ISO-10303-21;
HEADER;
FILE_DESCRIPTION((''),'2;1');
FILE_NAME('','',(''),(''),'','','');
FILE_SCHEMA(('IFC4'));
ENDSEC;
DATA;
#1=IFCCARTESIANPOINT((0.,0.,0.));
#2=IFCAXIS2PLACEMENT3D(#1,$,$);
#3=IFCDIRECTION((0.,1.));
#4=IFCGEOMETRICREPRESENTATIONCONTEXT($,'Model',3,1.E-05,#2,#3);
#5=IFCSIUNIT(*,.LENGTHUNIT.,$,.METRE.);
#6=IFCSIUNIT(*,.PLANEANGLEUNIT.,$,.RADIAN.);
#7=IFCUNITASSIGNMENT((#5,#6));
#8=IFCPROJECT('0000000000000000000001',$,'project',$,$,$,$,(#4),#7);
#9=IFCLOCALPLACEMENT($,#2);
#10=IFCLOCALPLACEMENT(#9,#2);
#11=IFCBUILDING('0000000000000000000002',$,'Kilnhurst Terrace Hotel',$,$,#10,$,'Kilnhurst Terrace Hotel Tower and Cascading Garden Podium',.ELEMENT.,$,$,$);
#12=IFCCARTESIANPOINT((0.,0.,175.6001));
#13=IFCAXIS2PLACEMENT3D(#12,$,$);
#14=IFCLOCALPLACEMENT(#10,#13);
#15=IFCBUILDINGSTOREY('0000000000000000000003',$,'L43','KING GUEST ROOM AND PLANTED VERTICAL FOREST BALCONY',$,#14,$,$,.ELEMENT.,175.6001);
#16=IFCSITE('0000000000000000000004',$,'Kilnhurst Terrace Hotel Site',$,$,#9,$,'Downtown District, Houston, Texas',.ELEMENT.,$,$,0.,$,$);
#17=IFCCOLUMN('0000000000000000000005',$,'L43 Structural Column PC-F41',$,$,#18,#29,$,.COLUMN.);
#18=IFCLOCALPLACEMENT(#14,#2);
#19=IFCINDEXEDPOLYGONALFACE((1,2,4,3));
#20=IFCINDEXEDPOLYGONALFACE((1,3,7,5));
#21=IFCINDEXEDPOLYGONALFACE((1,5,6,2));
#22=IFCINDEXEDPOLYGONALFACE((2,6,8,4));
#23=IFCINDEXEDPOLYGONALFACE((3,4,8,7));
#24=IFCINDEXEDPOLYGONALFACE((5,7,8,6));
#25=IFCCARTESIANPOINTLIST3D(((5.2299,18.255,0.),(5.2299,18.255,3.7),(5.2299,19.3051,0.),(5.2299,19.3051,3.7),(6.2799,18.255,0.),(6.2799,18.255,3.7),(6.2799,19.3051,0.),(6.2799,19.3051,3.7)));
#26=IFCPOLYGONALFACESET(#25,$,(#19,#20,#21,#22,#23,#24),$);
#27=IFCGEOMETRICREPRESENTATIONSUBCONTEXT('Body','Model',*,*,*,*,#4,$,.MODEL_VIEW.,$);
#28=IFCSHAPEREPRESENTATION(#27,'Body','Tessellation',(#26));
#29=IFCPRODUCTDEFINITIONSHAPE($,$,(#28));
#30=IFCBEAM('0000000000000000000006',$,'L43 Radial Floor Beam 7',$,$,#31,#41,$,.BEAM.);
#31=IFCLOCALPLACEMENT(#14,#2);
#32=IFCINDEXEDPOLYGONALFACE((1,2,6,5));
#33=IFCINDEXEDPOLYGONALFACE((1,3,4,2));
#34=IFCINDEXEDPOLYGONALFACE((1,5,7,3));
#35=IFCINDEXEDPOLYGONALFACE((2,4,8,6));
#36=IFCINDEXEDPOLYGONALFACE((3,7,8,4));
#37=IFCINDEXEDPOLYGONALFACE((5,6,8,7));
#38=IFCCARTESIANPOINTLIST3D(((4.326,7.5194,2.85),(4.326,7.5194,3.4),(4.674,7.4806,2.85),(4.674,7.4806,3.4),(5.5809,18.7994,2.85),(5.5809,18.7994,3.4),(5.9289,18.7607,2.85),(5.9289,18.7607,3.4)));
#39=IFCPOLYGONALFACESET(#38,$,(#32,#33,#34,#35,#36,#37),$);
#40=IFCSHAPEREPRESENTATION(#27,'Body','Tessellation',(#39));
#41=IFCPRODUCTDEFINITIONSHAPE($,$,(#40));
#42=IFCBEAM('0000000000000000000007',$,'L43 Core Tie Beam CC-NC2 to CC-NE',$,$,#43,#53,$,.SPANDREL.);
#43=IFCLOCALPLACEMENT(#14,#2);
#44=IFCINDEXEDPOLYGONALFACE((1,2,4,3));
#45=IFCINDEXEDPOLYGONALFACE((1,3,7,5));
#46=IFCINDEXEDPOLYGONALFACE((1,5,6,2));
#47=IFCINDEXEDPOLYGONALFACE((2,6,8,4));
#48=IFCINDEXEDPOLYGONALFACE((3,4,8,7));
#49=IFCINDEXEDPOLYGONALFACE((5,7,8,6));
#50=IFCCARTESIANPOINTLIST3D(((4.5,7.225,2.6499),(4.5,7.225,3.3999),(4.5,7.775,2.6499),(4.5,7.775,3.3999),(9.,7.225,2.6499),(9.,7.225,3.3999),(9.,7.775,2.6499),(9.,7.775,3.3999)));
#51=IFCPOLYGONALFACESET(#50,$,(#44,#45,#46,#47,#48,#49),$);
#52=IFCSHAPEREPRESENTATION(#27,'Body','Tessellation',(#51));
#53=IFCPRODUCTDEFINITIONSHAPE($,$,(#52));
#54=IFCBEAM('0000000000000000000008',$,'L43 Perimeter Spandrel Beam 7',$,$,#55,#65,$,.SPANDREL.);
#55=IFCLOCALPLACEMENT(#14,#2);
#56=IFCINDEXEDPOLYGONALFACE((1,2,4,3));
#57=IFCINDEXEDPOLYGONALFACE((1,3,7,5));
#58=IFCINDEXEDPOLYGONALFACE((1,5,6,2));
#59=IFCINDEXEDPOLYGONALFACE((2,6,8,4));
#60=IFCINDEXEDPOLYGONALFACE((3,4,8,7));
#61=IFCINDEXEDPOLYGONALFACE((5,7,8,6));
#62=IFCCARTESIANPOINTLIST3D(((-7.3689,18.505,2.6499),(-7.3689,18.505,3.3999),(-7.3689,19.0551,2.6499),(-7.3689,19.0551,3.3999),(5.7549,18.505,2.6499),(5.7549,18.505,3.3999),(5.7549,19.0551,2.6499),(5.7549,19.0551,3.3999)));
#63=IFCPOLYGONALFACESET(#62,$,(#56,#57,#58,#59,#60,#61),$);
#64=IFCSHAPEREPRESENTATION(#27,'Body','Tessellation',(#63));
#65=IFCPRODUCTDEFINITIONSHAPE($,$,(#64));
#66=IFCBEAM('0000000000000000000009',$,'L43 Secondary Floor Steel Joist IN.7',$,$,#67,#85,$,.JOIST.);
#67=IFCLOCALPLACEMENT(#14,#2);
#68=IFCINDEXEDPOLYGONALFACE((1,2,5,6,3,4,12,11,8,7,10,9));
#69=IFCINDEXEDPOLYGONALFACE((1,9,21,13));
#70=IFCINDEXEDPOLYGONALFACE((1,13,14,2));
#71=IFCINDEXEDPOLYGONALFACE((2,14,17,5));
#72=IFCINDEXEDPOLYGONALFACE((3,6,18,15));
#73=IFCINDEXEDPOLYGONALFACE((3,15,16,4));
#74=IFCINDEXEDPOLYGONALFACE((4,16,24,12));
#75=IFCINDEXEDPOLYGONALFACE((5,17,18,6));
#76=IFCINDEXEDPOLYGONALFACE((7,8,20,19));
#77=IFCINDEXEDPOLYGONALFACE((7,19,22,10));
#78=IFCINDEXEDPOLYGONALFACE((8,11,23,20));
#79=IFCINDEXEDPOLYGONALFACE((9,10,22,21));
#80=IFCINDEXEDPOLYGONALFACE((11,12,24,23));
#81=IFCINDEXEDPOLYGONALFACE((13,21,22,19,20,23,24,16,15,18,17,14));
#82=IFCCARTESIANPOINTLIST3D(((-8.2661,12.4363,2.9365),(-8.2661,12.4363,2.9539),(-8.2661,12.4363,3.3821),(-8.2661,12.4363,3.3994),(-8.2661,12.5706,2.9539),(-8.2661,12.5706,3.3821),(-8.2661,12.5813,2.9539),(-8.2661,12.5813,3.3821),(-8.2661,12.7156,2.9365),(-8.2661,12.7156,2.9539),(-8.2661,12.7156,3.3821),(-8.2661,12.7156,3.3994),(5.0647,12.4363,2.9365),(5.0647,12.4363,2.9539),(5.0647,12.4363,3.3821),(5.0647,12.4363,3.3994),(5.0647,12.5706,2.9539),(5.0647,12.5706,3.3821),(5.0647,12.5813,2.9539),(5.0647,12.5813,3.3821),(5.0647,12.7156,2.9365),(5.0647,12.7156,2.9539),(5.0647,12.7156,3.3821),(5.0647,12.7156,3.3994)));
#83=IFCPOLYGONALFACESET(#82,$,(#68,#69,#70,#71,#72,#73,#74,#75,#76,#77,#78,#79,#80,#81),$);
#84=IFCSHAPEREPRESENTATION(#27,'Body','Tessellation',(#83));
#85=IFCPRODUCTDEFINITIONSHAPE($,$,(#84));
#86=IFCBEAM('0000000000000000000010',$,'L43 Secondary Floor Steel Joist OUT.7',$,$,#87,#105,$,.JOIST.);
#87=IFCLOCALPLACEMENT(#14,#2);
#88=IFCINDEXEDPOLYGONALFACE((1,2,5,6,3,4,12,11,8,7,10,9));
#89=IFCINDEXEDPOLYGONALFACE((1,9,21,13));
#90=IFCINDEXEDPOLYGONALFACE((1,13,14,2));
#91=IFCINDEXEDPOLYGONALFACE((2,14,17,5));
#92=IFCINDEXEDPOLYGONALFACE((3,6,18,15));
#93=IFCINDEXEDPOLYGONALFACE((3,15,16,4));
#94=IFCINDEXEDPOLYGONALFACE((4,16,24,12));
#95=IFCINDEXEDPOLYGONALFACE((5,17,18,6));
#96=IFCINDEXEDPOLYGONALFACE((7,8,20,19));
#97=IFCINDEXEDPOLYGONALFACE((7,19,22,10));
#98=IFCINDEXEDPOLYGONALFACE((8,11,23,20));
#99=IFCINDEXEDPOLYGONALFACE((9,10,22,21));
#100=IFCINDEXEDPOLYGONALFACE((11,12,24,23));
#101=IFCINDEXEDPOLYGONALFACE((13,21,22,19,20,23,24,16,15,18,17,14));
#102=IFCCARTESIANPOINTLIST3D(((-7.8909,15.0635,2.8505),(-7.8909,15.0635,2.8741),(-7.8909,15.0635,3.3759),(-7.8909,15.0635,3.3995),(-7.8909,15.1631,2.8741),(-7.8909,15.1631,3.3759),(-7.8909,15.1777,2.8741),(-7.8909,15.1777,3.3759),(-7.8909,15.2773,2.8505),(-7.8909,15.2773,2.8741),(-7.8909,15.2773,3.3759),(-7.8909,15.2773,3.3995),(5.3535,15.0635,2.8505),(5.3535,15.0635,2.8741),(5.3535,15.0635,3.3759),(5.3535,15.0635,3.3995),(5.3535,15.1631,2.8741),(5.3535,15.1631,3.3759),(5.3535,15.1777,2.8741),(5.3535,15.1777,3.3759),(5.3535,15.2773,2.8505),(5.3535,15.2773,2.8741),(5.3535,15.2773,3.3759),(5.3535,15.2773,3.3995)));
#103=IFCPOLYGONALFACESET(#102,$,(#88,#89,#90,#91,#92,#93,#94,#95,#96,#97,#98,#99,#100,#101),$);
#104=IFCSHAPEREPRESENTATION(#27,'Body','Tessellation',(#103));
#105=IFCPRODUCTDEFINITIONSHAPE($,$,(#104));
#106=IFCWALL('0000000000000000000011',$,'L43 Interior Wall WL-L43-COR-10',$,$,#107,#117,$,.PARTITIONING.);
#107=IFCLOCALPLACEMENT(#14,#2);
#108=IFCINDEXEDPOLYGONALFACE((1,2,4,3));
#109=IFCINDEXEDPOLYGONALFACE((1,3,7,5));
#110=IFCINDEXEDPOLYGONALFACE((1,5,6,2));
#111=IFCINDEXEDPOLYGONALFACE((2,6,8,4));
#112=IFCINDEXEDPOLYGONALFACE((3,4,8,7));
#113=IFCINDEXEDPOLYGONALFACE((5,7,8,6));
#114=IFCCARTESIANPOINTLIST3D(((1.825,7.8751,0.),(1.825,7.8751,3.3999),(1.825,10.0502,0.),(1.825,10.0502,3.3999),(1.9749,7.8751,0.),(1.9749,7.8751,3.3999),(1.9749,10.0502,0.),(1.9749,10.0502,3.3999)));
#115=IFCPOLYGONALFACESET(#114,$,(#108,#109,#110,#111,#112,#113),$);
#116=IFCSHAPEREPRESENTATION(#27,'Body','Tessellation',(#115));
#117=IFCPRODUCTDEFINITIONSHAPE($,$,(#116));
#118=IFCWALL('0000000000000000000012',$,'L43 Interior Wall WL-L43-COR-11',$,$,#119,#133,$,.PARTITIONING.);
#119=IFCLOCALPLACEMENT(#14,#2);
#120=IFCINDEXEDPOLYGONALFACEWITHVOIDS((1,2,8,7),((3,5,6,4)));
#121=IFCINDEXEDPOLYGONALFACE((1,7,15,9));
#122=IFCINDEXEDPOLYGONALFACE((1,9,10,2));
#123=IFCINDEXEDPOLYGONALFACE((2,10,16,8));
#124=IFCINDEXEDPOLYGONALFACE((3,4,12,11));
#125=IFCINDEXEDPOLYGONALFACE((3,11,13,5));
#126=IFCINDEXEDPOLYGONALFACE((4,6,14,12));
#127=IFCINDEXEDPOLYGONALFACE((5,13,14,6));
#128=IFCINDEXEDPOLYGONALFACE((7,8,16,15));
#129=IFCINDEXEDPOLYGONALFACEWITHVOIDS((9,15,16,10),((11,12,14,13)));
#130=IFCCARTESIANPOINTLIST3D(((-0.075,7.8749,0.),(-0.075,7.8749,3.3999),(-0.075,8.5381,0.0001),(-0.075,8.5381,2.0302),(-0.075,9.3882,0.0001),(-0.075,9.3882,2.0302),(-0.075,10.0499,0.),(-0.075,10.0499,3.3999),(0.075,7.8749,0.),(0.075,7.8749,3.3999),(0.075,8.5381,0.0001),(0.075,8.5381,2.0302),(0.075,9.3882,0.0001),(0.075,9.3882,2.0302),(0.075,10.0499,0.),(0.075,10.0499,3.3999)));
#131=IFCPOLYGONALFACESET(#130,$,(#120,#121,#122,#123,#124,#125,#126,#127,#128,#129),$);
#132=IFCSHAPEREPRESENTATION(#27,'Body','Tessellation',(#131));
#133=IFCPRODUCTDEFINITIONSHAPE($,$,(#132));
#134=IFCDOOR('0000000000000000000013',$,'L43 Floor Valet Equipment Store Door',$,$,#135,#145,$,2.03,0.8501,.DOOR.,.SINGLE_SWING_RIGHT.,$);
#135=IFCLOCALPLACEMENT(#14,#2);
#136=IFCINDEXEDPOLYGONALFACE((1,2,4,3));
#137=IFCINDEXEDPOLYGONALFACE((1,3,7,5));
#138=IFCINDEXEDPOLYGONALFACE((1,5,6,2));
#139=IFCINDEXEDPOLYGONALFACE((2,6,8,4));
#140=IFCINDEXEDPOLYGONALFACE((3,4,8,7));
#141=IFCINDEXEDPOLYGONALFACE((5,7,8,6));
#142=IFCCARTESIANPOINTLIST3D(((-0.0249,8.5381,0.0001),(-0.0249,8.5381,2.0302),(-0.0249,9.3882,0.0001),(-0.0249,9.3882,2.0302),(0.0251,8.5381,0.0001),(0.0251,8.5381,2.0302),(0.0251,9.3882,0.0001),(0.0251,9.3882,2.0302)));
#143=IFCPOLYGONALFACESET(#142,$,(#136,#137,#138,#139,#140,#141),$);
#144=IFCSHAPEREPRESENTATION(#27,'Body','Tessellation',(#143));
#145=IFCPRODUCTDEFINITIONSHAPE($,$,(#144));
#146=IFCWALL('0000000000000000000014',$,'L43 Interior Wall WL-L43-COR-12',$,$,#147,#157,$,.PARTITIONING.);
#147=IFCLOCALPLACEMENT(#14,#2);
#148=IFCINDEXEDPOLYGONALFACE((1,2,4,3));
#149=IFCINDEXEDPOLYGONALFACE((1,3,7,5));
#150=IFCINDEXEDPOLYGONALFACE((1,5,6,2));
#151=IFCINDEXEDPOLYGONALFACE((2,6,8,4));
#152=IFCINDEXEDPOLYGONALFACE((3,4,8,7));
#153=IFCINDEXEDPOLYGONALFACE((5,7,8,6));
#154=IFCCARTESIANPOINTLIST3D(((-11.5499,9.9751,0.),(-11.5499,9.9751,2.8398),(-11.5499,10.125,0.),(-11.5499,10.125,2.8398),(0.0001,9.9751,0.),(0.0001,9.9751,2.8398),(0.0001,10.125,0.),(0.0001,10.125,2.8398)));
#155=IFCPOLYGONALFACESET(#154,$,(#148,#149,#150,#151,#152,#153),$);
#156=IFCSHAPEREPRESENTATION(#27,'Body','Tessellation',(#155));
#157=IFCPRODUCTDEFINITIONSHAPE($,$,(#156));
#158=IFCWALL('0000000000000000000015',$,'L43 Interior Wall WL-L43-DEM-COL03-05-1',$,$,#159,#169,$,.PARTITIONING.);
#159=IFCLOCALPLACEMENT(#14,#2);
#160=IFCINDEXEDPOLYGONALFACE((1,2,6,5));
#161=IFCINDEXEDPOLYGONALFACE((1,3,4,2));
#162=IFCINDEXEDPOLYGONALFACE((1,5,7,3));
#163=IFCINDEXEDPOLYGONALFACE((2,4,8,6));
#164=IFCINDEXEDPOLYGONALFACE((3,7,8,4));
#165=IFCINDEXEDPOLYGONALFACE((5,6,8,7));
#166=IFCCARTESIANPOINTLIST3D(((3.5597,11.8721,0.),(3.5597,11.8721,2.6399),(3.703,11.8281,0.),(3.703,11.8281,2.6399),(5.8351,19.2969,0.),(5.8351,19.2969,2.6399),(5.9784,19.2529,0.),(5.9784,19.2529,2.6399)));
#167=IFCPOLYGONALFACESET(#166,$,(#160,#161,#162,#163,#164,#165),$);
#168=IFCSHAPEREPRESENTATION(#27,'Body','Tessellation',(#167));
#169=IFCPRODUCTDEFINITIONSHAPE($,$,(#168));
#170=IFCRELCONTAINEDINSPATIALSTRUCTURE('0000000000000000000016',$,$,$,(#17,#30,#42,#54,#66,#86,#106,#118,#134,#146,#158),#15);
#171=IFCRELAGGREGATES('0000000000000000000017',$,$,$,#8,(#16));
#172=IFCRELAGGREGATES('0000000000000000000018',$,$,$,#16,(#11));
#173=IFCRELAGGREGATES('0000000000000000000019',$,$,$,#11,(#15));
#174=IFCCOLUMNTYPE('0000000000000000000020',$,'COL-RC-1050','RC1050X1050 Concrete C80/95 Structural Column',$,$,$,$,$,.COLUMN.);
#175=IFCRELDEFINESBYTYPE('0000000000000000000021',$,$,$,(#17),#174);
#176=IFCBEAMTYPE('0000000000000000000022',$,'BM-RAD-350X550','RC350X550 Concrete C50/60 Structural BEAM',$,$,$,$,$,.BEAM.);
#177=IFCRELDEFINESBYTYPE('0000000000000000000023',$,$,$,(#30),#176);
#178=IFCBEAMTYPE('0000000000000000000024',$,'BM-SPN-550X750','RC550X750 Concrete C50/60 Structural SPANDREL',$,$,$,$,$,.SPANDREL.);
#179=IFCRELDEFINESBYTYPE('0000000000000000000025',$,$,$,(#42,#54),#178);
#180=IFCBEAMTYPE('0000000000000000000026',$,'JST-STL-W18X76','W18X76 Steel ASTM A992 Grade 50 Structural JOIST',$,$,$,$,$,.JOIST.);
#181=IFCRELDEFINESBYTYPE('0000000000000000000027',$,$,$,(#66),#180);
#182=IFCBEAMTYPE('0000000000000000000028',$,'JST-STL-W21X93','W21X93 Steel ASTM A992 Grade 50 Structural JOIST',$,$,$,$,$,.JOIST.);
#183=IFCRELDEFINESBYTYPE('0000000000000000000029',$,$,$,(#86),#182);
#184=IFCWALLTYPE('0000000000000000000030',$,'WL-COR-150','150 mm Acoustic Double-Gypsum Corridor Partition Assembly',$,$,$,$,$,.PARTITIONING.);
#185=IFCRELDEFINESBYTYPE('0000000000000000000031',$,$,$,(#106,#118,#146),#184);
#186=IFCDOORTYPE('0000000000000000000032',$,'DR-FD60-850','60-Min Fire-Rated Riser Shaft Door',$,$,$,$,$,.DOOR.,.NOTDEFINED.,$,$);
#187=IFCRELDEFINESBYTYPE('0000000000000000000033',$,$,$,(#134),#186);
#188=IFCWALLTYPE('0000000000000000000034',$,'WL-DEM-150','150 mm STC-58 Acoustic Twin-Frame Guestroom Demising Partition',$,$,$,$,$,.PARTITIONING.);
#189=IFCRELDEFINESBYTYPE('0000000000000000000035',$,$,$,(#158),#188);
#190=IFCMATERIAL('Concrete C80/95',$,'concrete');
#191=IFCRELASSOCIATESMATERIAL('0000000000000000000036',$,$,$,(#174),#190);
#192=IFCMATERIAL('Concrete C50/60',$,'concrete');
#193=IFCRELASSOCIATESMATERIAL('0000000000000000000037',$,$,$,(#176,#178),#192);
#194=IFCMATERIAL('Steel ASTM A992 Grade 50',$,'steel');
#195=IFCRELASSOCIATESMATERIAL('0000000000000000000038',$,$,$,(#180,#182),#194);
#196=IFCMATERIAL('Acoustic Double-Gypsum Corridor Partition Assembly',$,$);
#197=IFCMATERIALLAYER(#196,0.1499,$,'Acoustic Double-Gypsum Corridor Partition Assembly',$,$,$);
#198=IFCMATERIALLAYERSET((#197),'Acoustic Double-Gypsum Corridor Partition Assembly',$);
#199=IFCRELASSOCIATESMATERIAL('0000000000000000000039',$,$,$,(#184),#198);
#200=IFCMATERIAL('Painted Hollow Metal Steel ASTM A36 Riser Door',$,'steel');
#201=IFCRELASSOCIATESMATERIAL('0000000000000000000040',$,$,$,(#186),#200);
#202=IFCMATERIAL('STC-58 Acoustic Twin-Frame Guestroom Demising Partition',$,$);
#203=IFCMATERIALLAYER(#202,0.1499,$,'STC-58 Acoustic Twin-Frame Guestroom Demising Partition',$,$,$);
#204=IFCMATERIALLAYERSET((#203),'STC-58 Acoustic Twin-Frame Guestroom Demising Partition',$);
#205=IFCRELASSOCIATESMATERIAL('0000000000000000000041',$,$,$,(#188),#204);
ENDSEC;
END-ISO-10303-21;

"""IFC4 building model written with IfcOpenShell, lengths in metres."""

from ifc_helpers import new_model, si_unit, direction, frame, frame_2d, origin, origin_2d, place, context, subcontext, project, spatial, rectangle, i_section, extrude, material, layer, layer_set, material_profile, profile_set, type_object, element, fill, save


model = new_model("IFC4")

# Units and contexts
model_context = context("Model", 3, precision=1e-05, world=origin(), true_north=direction((0.0, 1.0)))
body_context = subcontext(model_context, "Body", "Model", "MODEL_VIEW")
ifc_project = project(units=[si_unit("LENGTHUNIT", "METRE"), si_unit("PLANEANGLEUNIT", "RADIAN")], contexts=[model_context])

# Site, building, storey
site_placement = place(None, origin())
site = spatial("IfcSite", under=ifc_project, at=site_placement, Name="Kilnhurst Terrace Hotel Site", LongName="Downtown District, Houston, Texas", CompositionType="ELEMENT", RefElevation=0.0)
building_placement = place(site_placement, origin())
building = spatial("IfcBuilding", under=site, at=building_placement, Name="Kilnhurst Terrace Hotel", LongName="Kilnhurst Terrace Hotel Tower and Cascading Garden Podium", CompositionType="ELEMENT")
storey_placement = place(building_placement, frame((0.0, 0.0, 175.6001)))
storey = spatial("IfcBuildingStorey", under=building, at=storey_placement, Name="L43", Description="KING GUEST ROOM AND PLANTED VERTICAL FOREST BALCONY", CompositionType="ELEMENT", Elevation=175.6001)

# Column
ifc_material_1 = material(Name="Concrete C80/95", Category="concrete")
ifc_material_profile_1 = material_profile(ifc_material_1, rectangle(XDim=1.05, YDim=1.05, at=origin_2d()), Name="RC1050X1050")
ifc_profile_set_1 = profile_set([ifc_material_profile_1], Name="Concrete C80/95")
column_type = type_object("IfcColumnType", Name="COL-RC-1050", Description="RC1050X1050 Concrete C80/95 Structural Column", PredefinedType="COLUMN", material=ifc_profile_set_1)
column_placement = place(storey_placement, frame((5.7549, 18.78, 0.0), z_axis=(0.0, 0.0, 1.0), x_axis=(1.0, 0.0, 0.0)))
element("IfcColumn", 1, at=column_placement, inside=storey, type_object=column_type, Name="L43 Structural Column PC-F41", PredefinedType="COLUMN", context=body_context, shape_type="SweptSolid", body=[
    extrude(rectangle(XDim=1.05, YDim=1.05, at=origin_2d()), origin(), (0.0, 0.0, 1.0), 3.7),
])

# Beams
ifc_material_2 = material(Name="Concrete C50/60", Category="concrete")
ifc_material_profile_2 = material_profile(ifc_material_2, rectangle(XDim=0.3501, YDim=0.55, at=origin_2d()), Name="RC350X550")
ifc_profile_set_2 = profile_set([ifc_material_profile_2], Name="Concrete C50/60")
beam_type_1 = type_object("IfcBeamType", Name="BM-RAD-350X550", Description="RC350X550 Concrete C50/60 Structural BEAM", PredefinedType="BEAM", material=ifc_profile_set_2)
beam_1_placement = place(storey_placement, frame((4.5, 7.5, 3.125), z_axis=(0.110566, 0.993869, 0.0), x_axis=(-0.993869, 0.110566, 0.0)))
element("IfcBeam", 2, at=beam_1_placement, inside=storey, type_object=beam_type_1, Name="L43 Radial Floor Beam 7", PredefinedType="BEAM", context=body_context, shape_type="SweptSolid", body=[
    extrude(rectangle(XDim=0.3501, YDim=0.55, at=origin_2d()), origin(), (0.0, 0.0, 1.0), 11.3496),
])
ifc_material_profile_3 = material_profile(ifc_material_2, rectangle(XDim=0.55, YDim=0.75, at=origin_2d()), Name="RC550X750")
ifc_profile_set_3 = profile_set([ifc_material_profile_3], Name="Concrete C50/60")
beam_type_2 = type_object("IfcBeamType", Name="BM-SPN-550X750", Description="RC550X750 Concrete C50/60 Structural SPANDREL", PredefinedType="SPANDREL", material=ifc_profile_set_3)
beam_2_placement = place(storey_placement, frame((4.5, 7.5, 3.0249), z_axis=(1.0, 0.0, 0.0), x_axis=(0.0, 1.0, 0.0)))
element("IfcBeam", 3, at=beam_2_placement, inside=storey, type_object=beam_type_2, Name="L43 Core Tie Beam CC-NC2 to CC-NE", PredefinedType="SPANDREL", context=body_context, shape_type="SweptSolid", body=[
    extrude(rectangle(XDim=0.55, YDim=0.75, at=origin_2d()), origin(), (0.0, 0.0, 1.0), 4.5),
])
beam_3_placement = place(storey_placement, frame((5.7549, 18.78, 3.0249), z_axis=(-1.0, 0.0, 0.0), x_axis=(0.0, -1.0, 0.0)))
element("IfcBeam", 4, at=beam_3_placement, inside=storey, type_object=beam_type_2, Name="L43 Perimeter Spandrel Beam 7", PredefinedType="SPANDREL", context=body_context, shape_type="SweptSolid", body=[
    extrude(rectangle(XDim=0.55, YDim=0.75, at=origin_2d()), origin(), (0.0, 0.0, 1.0), 13.1238),
])
ifc_material_3 = material(Name="Steel ASTM A992 Grade 50", Category="steel")
ifc_material_profile_4 = material_profile(ifc_material_3, i_section(OverallWidth=0.2793, OverallDepth=0.4629, WebThickness=0.0107, FlangeThickness=0.0173, at=origin_2d()), Name="W18X76")
ifc_profile_set_4 = profile_set([ifc_material_profile_4], Name="Steel ASTM A992 Grade 50")
beam_type_3 = type_object("IfcBeamType", Name="JST-STL-W18X76", Description="W18X76 Steel ASTM A992 Grade 50 Structural JOIST", PredefinedType="JOIST", material=ifc_profile_set_4)
beam_4_placement = place(storey_placement, frame((5.0647, 12.5759, 3.168), z_axis=(-1.0, 0.0, 0.0), x_axis=(0.0, -1.0, 0.0)))
element("IfcBeam", 5, at=beam_4_placement, inside=storey, type_object=beam_type_3, Name="L43 Secondary Floor Steel Joist IN.7", PredefinedType="JOIST", context=body_context, shape_type="SweptSolid", body=[
    extrude(i_section(OverallWidth=0.2793, OverallDepth=0.4629, WebThickness=0.0107, FlangeThickness=0.0173, at=origin_2d()), origin(), (0.0, 0.0, 1.0), 13.3308),
])
ifc_material_profile_5 = material_profile(ifc_material_3, i_section(OverallWidth=0.2139, OverallDepth=0.5491, WebThickness=0.0146, FlangeThickness=0.0237, at=origin_2d()), Name="W21X93")
ifc_profile_set_5 = profile_set([ifc_material_profile_5], Name="Steel ASTM A992 Grade 50")
beam_type_4 = type_object("IfcBeamType", Name="JST-STL-W21X93", Description="W21X93 Steel ASTM A992 Grade 50 Structural JOIST", PredefinedType="JOIST", material=ifc_profile_set_5)
beam_5_placement = place(storey_placement, frame((5.3535, 15.1704, 3.125), z_axis=(-1.0, 0.0, 0.0), x_axis=(0.0, -1.0, 0.0)))
element("IfcBeam", 6, at=beam_5_placement, inside=storey, type_object=beam_type_4, Name="L43 Secondary Floor Steel Joist OUT.7", PredefinedType="JOIST", context=body_context, shape_type="SweptSolid", body=[
    extrude(i_section(OverallWidth=0.2139, OverallDepth=0.5491, WebThickness=0.0146, FlangeThickness=0.0237, at=origin_2d()), origin(), (0.0, 0.0, 1.0), 13.2444),
])

# Wall
ifc_material_4 = material(Name="Acoustic Double-Gypsum Corridor Partition Assembly")
ifc_layer_1 = layer(ifc_material_4, 0.1499, Name="Acoustic Double-Gypsum Corridor Partition Assembly")
ifc_layer_set_1 = layer_set([ifc_layer_1], Name="Acoustic Double-Gypsum Corridor Partition Assembly")
wall_type_1 = type_object("IfcWallType", Name="WL-COR-150", Description="150 mm Acoustic Double-Gypsum Corridor Partition Assembly", PredefinedType="PARTITIONING", material=ifc_layer_set_1)
wall_1_placement = place(storey_placement, frame((1.8999, 10.05, 0.0), z_axis=(0.0, 0.0, 1.0), x_axis=(0.0, -1.0, 0.0)))
element("IfcWall", 7, at=wall_1_placement, inside=storey, type_object=wall_type_1, Name="L43 Interior Wall WL-L43-COR-10", PredefinedType="PARTITIONING", context=body_context, shape_type="SweptSolid", body=[
    extrude(rectangle(XDim=2.175, YDim=0.1499, at=frame_2d((1.0874, 0.0))), origin(), (0.0, 0.0, 1.0), 3.3999),
])

# Wall, opening, door
wall_2_placement = place(storey_placement, frame((0.0, 7.875, 0.0), z_axis=(0.0, 0.0, 1.0), x_axis=(0.0, 1.0, 0.0)))
wall_2 = element("IfcWall", 8, at=wall_2_placement, inside=storey, type_object=wall_type_1, Name="L43 Interior Wall WL-L43-COR-11", PredefinedType="PARTITIONING", context=body_context, shape_type="SweptSolid", body=[
    extrude(rectangle(XDim=2.175, YDim=0.1499, at=frame_2d((1.0874, 0.0))), origin(), (0.0, 0.0, 1.0), 3.3999),
])
opening_1_placement = place(wall_2_placement, frame((0.6631, 0.0, 0.0)))
opening_1 = element("IfcOpeningElement", 9, at=opening_1_placement, cuts=wall_2, PredefinedType="OPENING", context=body_context, shape_type="SweptSolid", body=[
    extrude(rectangle(XDim=0.8501, YDim=2.03, at=frame_2d((0.425, 1.0151))), frame((0.0, 0.085, 0.0), z_axis=(0.0, -1.0, 0.0), x_axis=(1.0, 0.0, 0.0)), (0.0, 0.0, 1.0), 0.1699),
])
ifc_material_5 = material(Name="Painted Hollow Metal Steel ASTM A36 Riser Door", Category="steel")
door_type_1 = type_object("IfcDoorType", Name="DR-FD60-850", Description="60-Min Fire-Rated Riser Shaft Door", OperationType="NOTDEFINED", PredefinedType="DOOR", material=ifc_material_5)
door_1_placement = place(opening_1_placement, origin())
door_1 = element("IfcDoor", 10, at=door_1_placement, inside=storey, type_object=door_type_1, Name="L43 Floor Valet Equipment Store Door", OperationType="SINGLE_SWING_RIGHT", OverallHeight=2.03, OverallWidth=0.8501, PredefinedType="DOOR", context=body_context, shape_type="SweptSolid", body=[
    extrude(rectangle(XDim=0.8501, YDim=2.03, at=frame_2d((0.425, 1.0151))), frame((0.0, 0.0249, 0.0), z_axis=(0.0, -1.0, 0.0), x_axis=(1.0, 0.0, 0.0)), (0.0, 0.0, 1.0), 0.05),
])
fill(opening_1, door_1)

# Walls
wall_3_placement = place(storey_placement, frame((0.0, 10.05, 0.0), z_axis=(0.0, 0.0, 1.0), x_axis=(-1.0, 0.0, 0.0)))
element("IfcWall", 11, at=wall_3_placement, inside=storey, type_object=wall_type_1, Name="L43 Interior Wall WL-L43-COR-12", PredefinedType="PARTITIONING", context=body_context, shape_type="SweptSolid", body=[
    extrude(rectangle(XDim=11.55, YDim=0.1499, at=frame_2d((5.7749, 0.0))), origin(), (0.0, 0.0, 1.0), 2.8398),
])
ifc_material_6 = material(Name="STC-58 Acoustic Twin-Frame Guestroom Demising Partition")
ifc_layer_2 = layer(ifc_material_6, 0.1499, Name="STC-58 Acoustic Twin-Frame Guestroom Demising Partition")
ifc_layer_set_2 = layer_set([ifc_layer_2], Name="STC-58 Acoustic Twin-Frame Guestroom Demising Partition")
wall_type_2 = type_object("IfcWallType", Name="WL-DEM-150", Description="150 mm STC-58 Acoustic Twin-Frame Guestroom Demising Partition", PredefinedType="PARTITIONING", material=ifc_layer_set_2)
wall_4_placement = place(storey_placement, frame((3.6313, 11.8501, 0.0), z_axis=(0.0, 0.0, 1.0), x_axis=(0.293008, 0.95611, 0.0)))
element("IfcWall", 12, at=wall_4_placement, inside=storey, type_object=wall_type_2, Name="L43 Interior Wall WL-L43-DEM-COL03-05-1", PredefinedType="PARTITIONING", context=body_context, shape_type="SweptSolid", body=[
    extrude(rectangle(XDim=7.7656, YDim=0.1499, at=frame_2d((3.8828, 0.0))), origin(), (0.0, 0.0, 1.0), 2.6399),
])

save(model, "model.ifc")
